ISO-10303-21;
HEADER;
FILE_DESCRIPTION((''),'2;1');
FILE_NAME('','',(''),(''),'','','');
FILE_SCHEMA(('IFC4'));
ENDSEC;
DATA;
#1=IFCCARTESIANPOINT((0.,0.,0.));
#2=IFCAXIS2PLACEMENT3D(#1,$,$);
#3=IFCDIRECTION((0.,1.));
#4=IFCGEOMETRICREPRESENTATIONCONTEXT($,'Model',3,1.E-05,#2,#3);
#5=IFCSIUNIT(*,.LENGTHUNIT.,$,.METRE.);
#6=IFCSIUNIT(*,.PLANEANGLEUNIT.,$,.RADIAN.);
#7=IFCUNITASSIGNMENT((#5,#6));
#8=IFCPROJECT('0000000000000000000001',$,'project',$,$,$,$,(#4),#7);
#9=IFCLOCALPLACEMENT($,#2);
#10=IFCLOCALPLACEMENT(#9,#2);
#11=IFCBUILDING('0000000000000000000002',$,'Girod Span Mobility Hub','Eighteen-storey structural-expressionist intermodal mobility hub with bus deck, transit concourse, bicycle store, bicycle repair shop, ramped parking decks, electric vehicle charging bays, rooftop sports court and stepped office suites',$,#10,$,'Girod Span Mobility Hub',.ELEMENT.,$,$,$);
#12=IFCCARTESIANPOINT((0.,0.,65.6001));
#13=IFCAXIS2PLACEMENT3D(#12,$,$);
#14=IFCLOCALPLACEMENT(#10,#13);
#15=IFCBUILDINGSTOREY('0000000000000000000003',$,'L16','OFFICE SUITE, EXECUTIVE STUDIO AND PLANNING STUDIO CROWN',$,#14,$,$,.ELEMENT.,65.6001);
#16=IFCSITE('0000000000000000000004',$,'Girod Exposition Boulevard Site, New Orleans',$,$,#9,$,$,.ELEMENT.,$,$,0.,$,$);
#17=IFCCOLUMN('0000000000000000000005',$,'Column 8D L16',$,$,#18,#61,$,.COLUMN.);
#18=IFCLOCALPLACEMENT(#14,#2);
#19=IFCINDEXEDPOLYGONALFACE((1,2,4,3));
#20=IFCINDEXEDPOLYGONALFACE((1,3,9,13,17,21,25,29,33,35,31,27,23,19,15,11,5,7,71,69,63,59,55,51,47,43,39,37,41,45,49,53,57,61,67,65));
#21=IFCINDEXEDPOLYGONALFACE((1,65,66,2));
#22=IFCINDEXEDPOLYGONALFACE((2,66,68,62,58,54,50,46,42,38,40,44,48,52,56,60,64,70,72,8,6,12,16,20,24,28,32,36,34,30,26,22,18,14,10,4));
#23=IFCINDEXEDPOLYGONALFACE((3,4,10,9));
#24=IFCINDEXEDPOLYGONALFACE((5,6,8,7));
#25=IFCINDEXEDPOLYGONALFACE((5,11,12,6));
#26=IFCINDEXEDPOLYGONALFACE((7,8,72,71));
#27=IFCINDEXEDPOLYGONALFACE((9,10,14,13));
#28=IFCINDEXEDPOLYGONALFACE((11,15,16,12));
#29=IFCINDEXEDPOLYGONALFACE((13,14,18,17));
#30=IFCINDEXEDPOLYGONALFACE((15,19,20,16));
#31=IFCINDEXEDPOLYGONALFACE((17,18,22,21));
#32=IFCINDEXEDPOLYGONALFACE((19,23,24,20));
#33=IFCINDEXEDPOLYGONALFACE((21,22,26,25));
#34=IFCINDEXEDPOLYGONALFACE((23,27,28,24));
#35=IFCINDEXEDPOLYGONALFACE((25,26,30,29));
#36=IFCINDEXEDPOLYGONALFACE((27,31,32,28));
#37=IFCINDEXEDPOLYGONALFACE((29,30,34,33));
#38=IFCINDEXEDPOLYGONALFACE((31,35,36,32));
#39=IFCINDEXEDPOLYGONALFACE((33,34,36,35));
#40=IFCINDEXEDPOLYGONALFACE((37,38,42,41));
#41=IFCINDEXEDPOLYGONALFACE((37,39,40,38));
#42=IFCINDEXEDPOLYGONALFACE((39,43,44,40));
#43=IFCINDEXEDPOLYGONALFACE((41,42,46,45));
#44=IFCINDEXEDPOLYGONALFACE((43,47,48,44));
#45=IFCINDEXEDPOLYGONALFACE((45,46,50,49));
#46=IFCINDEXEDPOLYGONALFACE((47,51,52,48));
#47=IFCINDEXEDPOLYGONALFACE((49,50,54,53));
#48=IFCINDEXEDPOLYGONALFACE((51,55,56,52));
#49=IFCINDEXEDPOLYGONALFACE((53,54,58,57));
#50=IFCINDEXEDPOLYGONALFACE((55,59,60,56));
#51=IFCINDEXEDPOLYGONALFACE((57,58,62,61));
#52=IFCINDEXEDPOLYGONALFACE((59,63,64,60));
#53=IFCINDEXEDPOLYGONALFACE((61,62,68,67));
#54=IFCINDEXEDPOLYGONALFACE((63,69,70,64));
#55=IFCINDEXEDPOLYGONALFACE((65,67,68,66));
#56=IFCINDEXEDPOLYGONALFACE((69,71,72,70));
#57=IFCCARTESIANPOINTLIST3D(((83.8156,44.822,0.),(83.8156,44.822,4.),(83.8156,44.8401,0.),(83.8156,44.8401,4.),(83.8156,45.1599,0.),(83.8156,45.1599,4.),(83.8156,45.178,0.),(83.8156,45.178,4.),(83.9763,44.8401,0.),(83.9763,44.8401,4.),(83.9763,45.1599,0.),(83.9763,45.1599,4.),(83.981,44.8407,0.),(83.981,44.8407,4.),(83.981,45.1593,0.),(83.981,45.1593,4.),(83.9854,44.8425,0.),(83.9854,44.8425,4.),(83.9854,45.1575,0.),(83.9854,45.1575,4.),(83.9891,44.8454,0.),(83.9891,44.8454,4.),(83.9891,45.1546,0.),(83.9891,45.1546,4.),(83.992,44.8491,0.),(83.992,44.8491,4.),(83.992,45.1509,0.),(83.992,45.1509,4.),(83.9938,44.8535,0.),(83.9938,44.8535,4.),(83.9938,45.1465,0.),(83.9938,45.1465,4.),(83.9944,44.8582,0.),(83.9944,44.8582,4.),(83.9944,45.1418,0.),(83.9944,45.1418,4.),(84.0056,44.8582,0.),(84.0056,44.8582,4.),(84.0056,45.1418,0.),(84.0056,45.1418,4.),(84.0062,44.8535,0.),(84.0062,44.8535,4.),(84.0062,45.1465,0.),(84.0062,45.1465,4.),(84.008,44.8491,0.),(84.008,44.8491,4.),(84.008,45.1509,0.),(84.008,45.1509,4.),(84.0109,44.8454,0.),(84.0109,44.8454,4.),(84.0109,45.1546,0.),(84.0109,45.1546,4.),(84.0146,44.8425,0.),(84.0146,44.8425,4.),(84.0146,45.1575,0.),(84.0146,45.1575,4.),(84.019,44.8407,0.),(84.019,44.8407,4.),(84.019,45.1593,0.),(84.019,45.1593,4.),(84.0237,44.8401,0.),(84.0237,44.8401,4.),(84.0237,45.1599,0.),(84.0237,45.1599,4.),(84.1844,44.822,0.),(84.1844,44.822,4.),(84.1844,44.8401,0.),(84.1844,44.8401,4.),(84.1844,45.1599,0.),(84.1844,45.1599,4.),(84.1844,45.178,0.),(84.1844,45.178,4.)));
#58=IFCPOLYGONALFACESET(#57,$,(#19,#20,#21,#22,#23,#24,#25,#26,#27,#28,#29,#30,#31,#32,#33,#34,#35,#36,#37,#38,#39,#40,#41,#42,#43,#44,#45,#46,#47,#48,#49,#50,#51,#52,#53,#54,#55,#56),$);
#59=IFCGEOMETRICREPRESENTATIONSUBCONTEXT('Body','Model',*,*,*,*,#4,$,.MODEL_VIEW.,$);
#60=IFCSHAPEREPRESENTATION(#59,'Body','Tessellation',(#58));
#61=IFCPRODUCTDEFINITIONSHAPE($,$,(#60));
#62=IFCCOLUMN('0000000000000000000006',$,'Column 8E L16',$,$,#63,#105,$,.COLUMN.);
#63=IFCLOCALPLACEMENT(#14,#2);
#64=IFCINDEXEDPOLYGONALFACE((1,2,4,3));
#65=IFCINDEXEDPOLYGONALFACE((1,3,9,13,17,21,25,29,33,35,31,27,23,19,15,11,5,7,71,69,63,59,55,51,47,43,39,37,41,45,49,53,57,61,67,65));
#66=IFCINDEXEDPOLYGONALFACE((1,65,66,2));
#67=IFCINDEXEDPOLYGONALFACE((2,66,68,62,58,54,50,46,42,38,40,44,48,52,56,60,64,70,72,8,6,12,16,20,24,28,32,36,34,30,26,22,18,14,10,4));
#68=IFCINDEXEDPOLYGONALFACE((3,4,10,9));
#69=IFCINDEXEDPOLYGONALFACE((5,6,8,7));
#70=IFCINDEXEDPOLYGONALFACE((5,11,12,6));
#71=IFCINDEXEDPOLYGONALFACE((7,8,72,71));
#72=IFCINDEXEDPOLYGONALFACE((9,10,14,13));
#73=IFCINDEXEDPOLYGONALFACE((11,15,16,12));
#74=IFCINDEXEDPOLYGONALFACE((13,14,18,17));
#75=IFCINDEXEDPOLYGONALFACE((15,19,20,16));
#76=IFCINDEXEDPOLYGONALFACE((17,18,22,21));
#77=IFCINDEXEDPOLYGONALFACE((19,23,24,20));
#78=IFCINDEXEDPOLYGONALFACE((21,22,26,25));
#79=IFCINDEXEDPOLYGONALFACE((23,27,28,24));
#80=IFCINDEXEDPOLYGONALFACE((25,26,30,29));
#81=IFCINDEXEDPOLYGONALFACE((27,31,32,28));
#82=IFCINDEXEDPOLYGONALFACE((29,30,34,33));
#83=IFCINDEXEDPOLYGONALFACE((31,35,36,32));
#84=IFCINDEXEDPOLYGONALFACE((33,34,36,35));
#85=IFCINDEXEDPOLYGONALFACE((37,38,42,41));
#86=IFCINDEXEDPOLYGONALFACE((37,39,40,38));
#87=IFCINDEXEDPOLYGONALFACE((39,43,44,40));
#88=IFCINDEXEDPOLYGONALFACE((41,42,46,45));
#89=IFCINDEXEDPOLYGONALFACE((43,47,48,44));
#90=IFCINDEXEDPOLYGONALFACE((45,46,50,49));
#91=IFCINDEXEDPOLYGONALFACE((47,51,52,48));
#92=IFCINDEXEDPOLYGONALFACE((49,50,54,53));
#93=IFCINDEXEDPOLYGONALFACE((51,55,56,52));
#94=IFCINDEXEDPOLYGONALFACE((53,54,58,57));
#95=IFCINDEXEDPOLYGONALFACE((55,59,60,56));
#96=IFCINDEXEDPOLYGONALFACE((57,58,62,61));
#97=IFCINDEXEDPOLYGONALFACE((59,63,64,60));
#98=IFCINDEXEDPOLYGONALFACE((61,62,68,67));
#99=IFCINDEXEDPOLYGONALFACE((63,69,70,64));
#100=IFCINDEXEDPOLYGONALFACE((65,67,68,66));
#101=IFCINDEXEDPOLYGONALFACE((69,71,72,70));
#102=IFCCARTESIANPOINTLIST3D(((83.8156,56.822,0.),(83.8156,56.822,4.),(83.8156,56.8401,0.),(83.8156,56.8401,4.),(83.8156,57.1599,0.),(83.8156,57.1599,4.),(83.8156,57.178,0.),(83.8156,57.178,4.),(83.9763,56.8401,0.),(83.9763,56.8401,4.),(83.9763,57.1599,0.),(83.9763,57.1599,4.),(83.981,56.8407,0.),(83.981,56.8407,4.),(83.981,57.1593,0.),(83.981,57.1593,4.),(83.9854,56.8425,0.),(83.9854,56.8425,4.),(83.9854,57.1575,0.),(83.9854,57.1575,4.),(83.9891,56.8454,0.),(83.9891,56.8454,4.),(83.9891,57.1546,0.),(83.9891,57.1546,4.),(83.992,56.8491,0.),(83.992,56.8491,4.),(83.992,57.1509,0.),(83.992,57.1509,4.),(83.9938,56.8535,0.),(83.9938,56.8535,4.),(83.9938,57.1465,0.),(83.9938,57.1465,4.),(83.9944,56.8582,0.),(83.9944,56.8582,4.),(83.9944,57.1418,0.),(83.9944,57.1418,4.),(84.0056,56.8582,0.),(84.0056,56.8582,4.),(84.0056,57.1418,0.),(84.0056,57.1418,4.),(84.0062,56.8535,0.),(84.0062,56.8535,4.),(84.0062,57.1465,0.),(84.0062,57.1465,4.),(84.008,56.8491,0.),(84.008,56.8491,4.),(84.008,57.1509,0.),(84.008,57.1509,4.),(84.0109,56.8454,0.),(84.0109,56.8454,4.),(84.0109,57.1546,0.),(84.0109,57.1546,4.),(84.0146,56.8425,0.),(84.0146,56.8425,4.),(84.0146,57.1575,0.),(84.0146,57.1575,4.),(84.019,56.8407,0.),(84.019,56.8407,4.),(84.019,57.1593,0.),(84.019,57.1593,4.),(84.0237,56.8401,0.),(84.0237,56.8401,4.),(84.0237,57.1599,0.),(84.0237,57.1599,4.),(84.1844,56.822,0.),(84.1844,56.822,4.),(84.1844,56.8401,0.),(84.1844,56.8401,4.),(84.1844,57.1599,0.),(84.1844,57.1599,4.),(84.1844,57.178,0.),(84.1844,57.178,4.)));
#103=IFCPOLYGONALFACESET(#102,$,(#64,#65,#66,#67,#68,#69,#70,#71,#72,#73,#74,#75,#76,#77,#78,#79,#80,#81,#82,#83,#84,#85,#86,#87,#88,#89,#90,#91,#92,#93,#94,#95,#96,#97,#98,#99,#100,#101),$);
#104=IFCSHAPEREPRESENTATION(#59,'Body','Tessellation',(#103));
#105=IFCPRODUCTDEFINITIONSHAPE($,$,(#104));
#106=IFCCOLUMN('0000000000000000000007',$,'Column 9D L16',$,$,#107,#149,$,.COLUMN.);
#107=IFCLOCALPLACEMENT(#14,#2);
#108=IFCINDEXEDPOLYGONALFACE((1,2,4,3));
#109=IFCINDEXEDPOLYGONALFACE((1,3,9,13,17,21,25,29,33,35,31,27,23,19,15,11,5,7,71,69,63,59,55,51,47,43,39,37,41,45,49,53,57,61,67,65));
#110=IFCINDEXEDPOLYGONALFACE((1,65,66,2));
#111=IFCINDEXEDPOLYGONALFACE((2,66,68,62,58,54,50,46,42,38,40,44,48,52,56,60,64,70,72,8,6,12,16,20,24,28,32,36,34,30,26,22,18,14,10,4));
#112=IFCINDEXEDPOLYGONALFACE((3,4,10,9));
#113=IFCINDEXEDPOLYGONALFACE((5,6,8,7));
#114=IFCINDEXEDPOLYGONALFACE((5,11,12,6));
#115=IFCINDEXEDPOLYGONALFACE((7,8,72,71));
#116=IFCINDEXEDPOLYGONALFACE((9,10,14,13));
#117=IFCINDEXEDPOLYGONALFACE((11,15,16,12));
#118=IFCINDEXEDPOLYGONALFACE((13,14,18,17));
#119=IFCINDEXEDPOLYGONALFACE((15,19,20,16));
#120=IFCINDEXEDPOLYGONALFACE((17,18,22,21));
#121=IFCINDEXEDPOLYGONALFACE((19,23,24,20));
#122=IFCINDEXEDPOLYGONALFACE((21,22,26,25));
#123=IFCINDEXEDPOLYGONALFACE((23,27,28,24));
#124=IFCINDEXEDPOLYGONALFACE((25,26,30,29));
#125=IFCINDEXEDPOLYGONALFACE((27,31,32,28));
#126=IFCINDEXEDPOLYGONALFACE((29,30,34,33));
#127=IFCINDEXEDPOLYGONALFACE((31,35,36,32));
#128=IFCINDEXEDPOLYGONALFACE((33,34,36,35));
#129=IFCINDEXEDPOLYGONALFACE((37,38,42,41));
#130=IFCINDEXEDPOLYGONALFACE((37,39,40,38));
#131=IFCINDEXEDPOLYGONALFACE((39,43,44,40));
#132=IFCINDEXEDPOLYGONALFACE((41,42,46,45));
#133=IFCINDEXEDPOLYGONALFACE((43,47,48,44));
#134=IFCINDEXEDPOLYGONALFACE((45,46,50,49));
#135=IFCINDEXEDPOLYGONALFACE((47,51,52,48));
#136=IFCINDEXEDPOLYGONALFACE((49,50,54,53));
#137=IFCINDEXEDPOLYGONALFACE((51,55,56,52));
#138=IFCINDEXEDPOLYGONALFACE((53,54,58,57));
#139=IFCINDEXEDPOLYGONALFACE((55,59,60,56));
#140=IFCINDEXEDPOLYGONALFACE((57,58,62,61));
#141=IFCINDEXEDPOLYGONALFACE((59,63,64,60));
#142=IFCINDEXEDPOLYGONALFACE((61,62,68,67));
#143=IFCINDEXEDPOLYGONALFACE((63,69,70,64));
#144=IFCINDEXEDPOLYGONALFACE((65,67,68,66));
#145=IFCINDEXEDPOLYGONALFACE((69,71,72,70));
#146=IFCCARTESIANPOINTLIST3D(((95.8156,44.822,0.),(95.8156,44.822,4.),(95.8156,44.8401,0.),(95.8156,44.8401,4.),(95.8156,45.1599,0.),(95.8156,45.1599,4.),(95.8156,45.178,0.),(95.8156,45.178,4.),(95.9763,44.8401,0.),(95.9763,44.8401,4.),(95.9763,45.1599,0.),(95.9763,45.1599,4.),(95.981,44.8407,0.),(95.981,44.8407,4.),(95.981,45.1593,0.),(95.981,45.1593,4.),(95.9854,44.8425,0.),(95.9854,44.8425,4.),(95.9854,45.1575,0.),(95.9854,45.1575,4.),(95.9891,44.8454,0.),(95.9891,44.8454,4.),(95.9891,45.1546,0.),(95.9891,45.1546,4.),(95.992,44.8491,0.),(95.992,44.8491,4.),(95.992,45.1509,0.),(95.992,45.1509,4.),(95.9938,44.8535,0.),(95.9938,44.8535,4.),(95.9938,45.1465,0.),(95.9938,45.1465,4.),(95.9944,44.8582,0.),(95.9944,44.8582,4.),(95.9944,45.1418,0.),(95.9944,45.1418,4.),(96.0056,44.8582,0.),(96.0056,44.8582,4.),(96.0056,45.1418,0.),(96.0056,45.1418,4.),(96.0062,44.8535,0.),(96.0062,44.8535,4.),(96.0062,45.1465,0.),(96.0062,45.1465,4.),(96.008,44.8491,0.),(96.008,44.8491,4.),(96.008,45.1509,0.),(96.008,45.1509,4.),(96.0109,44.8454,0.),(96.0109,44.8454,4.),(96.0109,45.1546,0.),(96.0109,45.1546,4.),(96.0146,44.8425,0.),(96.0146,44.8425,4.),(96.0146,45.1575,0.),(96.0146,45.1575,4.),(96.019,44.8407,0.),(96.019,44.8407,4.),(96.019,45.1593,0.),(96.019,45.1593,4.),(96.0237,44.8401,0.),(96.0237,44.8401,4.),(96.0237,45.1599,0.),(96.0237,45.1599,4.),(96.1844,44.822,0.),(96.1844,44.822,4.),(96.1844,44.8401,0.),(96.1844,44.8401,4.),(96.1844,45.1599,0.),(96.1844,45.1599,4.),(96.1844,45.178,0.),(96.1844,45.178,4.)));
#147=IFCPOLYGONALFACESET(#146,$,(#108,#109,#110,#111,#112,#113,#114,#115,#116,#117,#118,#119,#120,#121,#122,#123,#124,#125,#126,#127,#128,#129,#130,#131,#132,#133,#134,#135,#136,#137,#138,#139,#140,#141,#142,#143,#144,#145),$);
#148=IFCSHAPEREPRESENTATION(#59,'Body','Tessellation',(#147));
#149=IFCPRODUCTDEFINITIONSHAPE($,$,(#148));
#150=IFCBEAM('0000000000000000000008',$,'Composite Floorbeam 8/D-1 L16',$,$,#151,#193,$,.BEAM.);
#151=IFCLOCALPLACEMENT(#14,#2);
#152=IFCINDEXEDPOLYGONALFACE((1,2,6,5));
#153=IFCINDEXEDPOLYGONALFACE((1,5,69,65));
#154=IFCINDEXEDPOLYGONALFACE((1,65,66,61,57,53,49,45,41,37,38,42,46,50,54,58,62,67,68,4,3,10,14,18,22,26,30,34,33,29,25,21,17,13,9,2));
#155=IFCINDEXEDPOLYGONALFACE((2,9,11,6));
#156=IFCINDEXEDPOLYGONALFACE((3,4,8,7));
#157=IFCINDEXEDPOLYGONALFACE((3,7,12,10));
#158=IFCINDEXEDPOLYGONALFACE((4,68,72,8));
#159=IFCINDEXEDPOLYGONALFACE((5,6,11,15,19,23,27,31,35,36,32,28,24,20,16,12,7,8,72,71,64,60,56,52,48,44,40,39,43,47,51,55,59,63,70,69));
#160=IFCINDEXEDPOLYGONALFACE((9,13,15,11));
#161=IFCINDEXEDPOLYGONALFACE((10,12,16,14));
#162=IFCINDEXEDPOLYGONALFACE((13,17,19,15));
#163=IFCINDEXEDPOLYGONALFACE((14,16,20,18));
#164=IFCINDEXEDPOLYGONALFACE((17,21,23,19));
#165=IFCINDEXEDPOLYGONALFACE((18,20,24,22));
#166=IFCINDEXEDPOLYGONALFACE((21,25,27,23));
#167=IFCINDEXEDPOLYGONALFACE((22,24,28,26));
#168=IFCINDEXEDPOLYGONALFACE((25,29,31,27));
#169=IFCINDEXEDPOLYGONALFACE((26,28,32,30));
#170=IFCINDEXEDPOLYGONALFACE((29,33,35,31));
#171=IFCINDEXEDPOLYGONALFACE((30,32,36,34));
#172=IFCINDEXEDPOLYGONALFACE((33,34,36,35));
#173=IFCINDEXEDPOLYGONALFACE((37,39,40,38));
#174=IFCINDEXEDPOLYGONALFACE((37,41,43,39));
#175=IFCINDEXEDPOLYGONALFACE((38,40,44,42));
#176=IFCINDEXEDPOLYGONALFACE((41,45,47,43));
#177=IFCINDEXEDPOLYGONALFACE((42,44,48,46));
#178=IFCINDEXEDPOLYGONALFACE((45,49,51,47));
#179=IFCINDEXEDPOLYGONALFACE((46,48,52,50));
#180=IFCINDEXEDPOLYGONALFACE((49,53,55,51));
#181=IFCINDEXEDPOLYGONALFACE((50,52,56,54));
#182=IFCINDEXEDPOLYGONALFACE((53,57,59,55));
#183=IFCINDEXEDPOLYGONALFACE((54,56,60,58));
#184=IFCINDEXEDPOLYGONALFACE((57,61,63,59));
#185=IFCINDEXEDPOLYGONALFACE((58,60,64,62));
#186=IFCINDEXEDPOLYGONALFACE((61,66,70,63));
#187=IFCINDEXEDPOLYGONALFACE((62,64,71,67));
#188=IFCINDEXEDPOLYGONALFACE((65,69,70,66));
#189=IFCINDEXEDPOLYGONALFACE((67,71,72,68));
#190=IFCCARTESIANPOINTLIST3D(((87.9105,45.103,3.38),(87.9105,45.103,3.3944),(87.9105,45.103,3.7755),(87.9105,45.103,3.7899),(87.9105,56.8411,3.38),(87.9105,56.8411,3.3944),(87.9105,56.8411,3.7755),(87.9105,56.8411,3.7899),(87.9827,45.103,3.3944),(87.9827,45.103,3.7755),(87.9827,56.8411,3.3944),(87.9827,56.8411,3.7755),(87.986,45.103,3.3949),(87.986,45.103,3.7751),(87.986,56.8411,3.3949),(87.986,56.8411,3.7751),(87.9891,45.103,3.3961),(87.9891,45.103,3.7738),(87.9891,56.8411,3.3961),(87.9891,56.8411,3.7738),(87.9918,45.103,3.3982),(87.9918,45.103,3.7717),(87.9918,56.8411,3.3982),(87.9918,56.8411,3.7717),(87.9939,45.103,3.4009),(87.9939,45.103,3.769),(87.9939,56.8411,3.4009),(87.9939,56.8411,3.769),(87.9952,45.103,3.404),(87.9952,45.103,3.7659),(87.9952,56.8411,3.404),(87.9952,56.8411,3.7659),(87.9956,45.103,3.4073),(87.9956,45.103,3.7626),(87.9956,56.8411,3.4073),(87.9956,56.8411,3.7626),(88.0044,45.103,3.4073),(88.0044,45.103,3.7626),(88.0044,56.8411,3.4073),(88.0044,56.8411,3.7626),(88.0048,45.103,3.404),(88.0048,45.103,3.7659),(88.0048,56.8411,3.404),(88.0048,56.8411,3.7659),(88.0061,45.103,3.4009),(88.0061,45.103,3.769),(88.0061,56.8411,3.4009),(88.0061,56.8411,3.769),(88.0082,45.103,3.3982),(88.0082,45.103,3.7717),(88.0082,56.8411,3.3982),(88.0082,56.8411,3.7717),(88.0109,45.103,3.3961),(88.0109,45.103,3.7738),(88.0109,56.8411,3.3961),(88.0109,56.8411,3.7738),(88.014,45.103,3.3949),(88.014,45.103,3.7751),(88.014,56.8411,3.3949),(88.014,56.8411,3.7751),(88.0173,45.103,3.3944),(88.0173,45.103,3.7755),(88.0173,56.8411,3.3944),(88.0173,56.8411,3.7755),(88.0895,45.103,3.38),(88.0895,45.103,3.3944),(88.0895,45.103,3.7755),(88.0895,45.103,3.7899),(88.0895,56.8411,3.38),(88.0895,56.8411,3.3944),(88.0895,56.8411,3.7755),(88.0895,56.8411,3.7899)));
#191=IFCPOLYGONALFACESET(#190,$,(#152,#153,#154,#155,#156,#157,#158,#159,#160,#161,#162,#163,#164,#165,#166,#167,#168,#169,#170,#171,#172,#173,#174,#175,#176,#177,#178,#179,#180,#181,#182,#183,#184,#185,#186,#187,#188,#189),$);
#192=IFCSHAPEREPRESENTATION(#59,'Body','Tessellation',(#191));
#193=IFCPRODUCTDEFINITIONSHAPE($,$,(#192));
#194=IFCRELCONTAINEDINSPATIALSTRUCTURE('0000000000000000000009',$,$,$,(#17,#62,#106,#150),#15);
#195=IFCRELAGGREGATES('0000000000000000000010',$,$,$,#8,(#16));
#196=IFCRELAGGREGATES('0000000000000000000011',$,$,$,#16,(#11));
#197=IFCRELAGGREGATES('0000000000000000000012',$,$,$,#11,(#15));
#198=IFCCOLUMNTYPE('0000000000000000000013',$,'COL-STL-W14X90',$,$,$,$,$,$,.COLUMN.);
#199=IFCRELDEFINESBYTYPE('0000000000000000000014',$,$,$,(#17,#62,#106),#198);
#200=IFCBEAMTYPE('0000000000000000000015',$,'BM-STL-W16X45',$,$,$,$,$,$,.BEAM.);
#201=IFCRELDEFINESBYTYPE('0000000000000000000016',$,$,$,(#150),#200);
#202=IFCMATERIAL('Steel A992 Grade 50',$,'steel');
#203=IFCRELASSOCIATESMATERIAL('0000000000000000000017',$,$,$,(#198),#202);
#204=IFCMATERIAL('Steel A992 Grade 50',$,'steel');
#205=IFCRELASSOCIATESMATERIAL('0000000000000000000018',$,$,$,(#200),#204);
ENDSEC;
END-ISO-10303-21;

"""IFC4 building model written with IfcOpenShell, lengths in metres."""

from ifc_helpers import new_model, si_unit, direction, frame, origin, origin_2d, place, context, subcontext, project, spatial, i_section, extrude, material, material_profile, profile_set, type_object, element, save


model = new_model("IFC4")

# Units and contexts
model_context = context("Model", 3, precision=1e-05, world=origin(), true_north=direction((0.0, 1.0)))
body_context = subcontext(model_context, "Body", "Model", "MODEL_VIEW")
ifc_project = project(units=[si_unit("LENGTHUNIT", "METRE"), si_unit("PLANEANGLEUNIT", "RADIAN")], contexts=[model_context])

# Site, building, storey
site_placement = place(None, origin())
site = spatial("IfcSite", under=ifc_project, at=site_placement, Name="Girod Exposition Boulevard Site, New Orleans", CompositionType="ELEMENT", RefElevation=0.0)
building_placement = place(site_placement, origin())
building = spatial("IfcBuilding", under=site, at=building_placement, Name="Girod Span Mobility Hub", Description="Eighteen-storey structural-expressionist intermodal mobility hub with bus deck, transit concourse, bicycle store, bicycle repair shop, ramped parking decks, electric vehicle charging bays, rooftop sports court and stepped office suites", LongName="Girod Span Mobility Hub", CompositionType="ELEMENT")
storey_placement = place(building_placement, frame((0.0, 0.0, 65.6001)))
storey = spatial("IfcBuildingStorey", under=building, at=storey_placement, Name="L16", Description="OFFICE SUITE, EXECUTIVE STUDIO AND PLANNING STUDIO CROWN", CompositionType="ELEMENT", Elevation=65.6001)

# Columns
ifc_material_1 = material(Name="Steel A992 Grade 50", Category="steel")
ifc_material_profile_1 = material_profile(ifc_material_1, i_section(OverallWidth=0.3689, OverallDepth=0.356, WebThickness=0.0112, FlangeThickness=0.0181, FilletRadius=0.0181, at=origin_2d()), Name="W14X90")
ifc_profile_set_1 = profile_set([ifc_material_profile_1], Name="Steel A992 Grade 50")
column_type = type_object("IfcColumnType", Name="COL-STL-W14X90", PredefinedType="COLUMN", material=ifc_profile_set_1)
for number, where, z_axis, x_axis, name in (
    (1, (84.0, 45.0, 0.0), (0.0, 0.0, 1.0), (1.0, 0.0, 0.0), "Column 8D L16"),
    (2, (84.0, 57.0, 0.0), (0.0, 0.0, 1.0), (1.0, 0.0, 0.0), "Column 8E L16"),
    (3, (96.0, 45.0, 0.0), (0.0, 0.0, 1.0), (1.0, 0.0, 0.0), "Column 9D L16"),
):
    element("IfcColumn", number, at=place(storey_placement, frame(where, z_axis=z_axis, x_axis=x_axis)), inside=storey, type_object=column_type, Name=name, PredefinedType="COLUMN", context=body_context, shape_type="SweptSolid", body=[
        extrude(i_section(OverallWidth=0.3689, OverallDepth=0.356, WebThickness=0.0112, FlangeThickness=0.0181, FilletRadius=0.0181, at=origin_2d()), origin(), (0.0, 0.0, 1.0), 4.0),
    ])

# Beam
ifc_material_2 = material(Name="Steel A992 Grade 50", Category="steel")
ifc_material_profile_2 = material_profile(ifc_material_2, i_section(OverallWidth=0.179, OverallDepth=0.4099, WebThickness=0.0088, FlangeThickness=0.0144, FilletRadius=0.0129, at=origin_2d()), Name="W16X45")
ifc_profile_set_2 = profile_set([ifc_material_profile_2], Name="Steel A992 Grade 50")
beam_type_1 = type_object("IfcBeamType", Name="BM-STL-W16X45", PredefinedType="BEAM", material=ifc_profile_set_2)
for number, where, z_axis, x_axis, name in (
    (4, (88.0, 45.103, 3.585), (0.0, 1.0, 0.0), (-1.0, 0.0, 0.0), "Composite Floorbeam 8/D-1 L16"),
):
    element("IfcBeam", number, at=place(storey_placement, frame(where, z_axis=z_axis, x_axis=x_axis)), inside=storey, type_object=beam_type_1, Name=name, PredefinedType="BEAM", context=body_context, shape_type="SweptSolid", body=[
        extrude(i_section(OverallWidth=0.179, OverallDepth=0.4099, WebThickness=0.0088, FlangeThickness=0.0144, FilletRadius=0.0129, at=origin_2d()), origin(), (0.0, 0.0, 1.0), 11.738),
    ])

save(model, "model.ifc")
